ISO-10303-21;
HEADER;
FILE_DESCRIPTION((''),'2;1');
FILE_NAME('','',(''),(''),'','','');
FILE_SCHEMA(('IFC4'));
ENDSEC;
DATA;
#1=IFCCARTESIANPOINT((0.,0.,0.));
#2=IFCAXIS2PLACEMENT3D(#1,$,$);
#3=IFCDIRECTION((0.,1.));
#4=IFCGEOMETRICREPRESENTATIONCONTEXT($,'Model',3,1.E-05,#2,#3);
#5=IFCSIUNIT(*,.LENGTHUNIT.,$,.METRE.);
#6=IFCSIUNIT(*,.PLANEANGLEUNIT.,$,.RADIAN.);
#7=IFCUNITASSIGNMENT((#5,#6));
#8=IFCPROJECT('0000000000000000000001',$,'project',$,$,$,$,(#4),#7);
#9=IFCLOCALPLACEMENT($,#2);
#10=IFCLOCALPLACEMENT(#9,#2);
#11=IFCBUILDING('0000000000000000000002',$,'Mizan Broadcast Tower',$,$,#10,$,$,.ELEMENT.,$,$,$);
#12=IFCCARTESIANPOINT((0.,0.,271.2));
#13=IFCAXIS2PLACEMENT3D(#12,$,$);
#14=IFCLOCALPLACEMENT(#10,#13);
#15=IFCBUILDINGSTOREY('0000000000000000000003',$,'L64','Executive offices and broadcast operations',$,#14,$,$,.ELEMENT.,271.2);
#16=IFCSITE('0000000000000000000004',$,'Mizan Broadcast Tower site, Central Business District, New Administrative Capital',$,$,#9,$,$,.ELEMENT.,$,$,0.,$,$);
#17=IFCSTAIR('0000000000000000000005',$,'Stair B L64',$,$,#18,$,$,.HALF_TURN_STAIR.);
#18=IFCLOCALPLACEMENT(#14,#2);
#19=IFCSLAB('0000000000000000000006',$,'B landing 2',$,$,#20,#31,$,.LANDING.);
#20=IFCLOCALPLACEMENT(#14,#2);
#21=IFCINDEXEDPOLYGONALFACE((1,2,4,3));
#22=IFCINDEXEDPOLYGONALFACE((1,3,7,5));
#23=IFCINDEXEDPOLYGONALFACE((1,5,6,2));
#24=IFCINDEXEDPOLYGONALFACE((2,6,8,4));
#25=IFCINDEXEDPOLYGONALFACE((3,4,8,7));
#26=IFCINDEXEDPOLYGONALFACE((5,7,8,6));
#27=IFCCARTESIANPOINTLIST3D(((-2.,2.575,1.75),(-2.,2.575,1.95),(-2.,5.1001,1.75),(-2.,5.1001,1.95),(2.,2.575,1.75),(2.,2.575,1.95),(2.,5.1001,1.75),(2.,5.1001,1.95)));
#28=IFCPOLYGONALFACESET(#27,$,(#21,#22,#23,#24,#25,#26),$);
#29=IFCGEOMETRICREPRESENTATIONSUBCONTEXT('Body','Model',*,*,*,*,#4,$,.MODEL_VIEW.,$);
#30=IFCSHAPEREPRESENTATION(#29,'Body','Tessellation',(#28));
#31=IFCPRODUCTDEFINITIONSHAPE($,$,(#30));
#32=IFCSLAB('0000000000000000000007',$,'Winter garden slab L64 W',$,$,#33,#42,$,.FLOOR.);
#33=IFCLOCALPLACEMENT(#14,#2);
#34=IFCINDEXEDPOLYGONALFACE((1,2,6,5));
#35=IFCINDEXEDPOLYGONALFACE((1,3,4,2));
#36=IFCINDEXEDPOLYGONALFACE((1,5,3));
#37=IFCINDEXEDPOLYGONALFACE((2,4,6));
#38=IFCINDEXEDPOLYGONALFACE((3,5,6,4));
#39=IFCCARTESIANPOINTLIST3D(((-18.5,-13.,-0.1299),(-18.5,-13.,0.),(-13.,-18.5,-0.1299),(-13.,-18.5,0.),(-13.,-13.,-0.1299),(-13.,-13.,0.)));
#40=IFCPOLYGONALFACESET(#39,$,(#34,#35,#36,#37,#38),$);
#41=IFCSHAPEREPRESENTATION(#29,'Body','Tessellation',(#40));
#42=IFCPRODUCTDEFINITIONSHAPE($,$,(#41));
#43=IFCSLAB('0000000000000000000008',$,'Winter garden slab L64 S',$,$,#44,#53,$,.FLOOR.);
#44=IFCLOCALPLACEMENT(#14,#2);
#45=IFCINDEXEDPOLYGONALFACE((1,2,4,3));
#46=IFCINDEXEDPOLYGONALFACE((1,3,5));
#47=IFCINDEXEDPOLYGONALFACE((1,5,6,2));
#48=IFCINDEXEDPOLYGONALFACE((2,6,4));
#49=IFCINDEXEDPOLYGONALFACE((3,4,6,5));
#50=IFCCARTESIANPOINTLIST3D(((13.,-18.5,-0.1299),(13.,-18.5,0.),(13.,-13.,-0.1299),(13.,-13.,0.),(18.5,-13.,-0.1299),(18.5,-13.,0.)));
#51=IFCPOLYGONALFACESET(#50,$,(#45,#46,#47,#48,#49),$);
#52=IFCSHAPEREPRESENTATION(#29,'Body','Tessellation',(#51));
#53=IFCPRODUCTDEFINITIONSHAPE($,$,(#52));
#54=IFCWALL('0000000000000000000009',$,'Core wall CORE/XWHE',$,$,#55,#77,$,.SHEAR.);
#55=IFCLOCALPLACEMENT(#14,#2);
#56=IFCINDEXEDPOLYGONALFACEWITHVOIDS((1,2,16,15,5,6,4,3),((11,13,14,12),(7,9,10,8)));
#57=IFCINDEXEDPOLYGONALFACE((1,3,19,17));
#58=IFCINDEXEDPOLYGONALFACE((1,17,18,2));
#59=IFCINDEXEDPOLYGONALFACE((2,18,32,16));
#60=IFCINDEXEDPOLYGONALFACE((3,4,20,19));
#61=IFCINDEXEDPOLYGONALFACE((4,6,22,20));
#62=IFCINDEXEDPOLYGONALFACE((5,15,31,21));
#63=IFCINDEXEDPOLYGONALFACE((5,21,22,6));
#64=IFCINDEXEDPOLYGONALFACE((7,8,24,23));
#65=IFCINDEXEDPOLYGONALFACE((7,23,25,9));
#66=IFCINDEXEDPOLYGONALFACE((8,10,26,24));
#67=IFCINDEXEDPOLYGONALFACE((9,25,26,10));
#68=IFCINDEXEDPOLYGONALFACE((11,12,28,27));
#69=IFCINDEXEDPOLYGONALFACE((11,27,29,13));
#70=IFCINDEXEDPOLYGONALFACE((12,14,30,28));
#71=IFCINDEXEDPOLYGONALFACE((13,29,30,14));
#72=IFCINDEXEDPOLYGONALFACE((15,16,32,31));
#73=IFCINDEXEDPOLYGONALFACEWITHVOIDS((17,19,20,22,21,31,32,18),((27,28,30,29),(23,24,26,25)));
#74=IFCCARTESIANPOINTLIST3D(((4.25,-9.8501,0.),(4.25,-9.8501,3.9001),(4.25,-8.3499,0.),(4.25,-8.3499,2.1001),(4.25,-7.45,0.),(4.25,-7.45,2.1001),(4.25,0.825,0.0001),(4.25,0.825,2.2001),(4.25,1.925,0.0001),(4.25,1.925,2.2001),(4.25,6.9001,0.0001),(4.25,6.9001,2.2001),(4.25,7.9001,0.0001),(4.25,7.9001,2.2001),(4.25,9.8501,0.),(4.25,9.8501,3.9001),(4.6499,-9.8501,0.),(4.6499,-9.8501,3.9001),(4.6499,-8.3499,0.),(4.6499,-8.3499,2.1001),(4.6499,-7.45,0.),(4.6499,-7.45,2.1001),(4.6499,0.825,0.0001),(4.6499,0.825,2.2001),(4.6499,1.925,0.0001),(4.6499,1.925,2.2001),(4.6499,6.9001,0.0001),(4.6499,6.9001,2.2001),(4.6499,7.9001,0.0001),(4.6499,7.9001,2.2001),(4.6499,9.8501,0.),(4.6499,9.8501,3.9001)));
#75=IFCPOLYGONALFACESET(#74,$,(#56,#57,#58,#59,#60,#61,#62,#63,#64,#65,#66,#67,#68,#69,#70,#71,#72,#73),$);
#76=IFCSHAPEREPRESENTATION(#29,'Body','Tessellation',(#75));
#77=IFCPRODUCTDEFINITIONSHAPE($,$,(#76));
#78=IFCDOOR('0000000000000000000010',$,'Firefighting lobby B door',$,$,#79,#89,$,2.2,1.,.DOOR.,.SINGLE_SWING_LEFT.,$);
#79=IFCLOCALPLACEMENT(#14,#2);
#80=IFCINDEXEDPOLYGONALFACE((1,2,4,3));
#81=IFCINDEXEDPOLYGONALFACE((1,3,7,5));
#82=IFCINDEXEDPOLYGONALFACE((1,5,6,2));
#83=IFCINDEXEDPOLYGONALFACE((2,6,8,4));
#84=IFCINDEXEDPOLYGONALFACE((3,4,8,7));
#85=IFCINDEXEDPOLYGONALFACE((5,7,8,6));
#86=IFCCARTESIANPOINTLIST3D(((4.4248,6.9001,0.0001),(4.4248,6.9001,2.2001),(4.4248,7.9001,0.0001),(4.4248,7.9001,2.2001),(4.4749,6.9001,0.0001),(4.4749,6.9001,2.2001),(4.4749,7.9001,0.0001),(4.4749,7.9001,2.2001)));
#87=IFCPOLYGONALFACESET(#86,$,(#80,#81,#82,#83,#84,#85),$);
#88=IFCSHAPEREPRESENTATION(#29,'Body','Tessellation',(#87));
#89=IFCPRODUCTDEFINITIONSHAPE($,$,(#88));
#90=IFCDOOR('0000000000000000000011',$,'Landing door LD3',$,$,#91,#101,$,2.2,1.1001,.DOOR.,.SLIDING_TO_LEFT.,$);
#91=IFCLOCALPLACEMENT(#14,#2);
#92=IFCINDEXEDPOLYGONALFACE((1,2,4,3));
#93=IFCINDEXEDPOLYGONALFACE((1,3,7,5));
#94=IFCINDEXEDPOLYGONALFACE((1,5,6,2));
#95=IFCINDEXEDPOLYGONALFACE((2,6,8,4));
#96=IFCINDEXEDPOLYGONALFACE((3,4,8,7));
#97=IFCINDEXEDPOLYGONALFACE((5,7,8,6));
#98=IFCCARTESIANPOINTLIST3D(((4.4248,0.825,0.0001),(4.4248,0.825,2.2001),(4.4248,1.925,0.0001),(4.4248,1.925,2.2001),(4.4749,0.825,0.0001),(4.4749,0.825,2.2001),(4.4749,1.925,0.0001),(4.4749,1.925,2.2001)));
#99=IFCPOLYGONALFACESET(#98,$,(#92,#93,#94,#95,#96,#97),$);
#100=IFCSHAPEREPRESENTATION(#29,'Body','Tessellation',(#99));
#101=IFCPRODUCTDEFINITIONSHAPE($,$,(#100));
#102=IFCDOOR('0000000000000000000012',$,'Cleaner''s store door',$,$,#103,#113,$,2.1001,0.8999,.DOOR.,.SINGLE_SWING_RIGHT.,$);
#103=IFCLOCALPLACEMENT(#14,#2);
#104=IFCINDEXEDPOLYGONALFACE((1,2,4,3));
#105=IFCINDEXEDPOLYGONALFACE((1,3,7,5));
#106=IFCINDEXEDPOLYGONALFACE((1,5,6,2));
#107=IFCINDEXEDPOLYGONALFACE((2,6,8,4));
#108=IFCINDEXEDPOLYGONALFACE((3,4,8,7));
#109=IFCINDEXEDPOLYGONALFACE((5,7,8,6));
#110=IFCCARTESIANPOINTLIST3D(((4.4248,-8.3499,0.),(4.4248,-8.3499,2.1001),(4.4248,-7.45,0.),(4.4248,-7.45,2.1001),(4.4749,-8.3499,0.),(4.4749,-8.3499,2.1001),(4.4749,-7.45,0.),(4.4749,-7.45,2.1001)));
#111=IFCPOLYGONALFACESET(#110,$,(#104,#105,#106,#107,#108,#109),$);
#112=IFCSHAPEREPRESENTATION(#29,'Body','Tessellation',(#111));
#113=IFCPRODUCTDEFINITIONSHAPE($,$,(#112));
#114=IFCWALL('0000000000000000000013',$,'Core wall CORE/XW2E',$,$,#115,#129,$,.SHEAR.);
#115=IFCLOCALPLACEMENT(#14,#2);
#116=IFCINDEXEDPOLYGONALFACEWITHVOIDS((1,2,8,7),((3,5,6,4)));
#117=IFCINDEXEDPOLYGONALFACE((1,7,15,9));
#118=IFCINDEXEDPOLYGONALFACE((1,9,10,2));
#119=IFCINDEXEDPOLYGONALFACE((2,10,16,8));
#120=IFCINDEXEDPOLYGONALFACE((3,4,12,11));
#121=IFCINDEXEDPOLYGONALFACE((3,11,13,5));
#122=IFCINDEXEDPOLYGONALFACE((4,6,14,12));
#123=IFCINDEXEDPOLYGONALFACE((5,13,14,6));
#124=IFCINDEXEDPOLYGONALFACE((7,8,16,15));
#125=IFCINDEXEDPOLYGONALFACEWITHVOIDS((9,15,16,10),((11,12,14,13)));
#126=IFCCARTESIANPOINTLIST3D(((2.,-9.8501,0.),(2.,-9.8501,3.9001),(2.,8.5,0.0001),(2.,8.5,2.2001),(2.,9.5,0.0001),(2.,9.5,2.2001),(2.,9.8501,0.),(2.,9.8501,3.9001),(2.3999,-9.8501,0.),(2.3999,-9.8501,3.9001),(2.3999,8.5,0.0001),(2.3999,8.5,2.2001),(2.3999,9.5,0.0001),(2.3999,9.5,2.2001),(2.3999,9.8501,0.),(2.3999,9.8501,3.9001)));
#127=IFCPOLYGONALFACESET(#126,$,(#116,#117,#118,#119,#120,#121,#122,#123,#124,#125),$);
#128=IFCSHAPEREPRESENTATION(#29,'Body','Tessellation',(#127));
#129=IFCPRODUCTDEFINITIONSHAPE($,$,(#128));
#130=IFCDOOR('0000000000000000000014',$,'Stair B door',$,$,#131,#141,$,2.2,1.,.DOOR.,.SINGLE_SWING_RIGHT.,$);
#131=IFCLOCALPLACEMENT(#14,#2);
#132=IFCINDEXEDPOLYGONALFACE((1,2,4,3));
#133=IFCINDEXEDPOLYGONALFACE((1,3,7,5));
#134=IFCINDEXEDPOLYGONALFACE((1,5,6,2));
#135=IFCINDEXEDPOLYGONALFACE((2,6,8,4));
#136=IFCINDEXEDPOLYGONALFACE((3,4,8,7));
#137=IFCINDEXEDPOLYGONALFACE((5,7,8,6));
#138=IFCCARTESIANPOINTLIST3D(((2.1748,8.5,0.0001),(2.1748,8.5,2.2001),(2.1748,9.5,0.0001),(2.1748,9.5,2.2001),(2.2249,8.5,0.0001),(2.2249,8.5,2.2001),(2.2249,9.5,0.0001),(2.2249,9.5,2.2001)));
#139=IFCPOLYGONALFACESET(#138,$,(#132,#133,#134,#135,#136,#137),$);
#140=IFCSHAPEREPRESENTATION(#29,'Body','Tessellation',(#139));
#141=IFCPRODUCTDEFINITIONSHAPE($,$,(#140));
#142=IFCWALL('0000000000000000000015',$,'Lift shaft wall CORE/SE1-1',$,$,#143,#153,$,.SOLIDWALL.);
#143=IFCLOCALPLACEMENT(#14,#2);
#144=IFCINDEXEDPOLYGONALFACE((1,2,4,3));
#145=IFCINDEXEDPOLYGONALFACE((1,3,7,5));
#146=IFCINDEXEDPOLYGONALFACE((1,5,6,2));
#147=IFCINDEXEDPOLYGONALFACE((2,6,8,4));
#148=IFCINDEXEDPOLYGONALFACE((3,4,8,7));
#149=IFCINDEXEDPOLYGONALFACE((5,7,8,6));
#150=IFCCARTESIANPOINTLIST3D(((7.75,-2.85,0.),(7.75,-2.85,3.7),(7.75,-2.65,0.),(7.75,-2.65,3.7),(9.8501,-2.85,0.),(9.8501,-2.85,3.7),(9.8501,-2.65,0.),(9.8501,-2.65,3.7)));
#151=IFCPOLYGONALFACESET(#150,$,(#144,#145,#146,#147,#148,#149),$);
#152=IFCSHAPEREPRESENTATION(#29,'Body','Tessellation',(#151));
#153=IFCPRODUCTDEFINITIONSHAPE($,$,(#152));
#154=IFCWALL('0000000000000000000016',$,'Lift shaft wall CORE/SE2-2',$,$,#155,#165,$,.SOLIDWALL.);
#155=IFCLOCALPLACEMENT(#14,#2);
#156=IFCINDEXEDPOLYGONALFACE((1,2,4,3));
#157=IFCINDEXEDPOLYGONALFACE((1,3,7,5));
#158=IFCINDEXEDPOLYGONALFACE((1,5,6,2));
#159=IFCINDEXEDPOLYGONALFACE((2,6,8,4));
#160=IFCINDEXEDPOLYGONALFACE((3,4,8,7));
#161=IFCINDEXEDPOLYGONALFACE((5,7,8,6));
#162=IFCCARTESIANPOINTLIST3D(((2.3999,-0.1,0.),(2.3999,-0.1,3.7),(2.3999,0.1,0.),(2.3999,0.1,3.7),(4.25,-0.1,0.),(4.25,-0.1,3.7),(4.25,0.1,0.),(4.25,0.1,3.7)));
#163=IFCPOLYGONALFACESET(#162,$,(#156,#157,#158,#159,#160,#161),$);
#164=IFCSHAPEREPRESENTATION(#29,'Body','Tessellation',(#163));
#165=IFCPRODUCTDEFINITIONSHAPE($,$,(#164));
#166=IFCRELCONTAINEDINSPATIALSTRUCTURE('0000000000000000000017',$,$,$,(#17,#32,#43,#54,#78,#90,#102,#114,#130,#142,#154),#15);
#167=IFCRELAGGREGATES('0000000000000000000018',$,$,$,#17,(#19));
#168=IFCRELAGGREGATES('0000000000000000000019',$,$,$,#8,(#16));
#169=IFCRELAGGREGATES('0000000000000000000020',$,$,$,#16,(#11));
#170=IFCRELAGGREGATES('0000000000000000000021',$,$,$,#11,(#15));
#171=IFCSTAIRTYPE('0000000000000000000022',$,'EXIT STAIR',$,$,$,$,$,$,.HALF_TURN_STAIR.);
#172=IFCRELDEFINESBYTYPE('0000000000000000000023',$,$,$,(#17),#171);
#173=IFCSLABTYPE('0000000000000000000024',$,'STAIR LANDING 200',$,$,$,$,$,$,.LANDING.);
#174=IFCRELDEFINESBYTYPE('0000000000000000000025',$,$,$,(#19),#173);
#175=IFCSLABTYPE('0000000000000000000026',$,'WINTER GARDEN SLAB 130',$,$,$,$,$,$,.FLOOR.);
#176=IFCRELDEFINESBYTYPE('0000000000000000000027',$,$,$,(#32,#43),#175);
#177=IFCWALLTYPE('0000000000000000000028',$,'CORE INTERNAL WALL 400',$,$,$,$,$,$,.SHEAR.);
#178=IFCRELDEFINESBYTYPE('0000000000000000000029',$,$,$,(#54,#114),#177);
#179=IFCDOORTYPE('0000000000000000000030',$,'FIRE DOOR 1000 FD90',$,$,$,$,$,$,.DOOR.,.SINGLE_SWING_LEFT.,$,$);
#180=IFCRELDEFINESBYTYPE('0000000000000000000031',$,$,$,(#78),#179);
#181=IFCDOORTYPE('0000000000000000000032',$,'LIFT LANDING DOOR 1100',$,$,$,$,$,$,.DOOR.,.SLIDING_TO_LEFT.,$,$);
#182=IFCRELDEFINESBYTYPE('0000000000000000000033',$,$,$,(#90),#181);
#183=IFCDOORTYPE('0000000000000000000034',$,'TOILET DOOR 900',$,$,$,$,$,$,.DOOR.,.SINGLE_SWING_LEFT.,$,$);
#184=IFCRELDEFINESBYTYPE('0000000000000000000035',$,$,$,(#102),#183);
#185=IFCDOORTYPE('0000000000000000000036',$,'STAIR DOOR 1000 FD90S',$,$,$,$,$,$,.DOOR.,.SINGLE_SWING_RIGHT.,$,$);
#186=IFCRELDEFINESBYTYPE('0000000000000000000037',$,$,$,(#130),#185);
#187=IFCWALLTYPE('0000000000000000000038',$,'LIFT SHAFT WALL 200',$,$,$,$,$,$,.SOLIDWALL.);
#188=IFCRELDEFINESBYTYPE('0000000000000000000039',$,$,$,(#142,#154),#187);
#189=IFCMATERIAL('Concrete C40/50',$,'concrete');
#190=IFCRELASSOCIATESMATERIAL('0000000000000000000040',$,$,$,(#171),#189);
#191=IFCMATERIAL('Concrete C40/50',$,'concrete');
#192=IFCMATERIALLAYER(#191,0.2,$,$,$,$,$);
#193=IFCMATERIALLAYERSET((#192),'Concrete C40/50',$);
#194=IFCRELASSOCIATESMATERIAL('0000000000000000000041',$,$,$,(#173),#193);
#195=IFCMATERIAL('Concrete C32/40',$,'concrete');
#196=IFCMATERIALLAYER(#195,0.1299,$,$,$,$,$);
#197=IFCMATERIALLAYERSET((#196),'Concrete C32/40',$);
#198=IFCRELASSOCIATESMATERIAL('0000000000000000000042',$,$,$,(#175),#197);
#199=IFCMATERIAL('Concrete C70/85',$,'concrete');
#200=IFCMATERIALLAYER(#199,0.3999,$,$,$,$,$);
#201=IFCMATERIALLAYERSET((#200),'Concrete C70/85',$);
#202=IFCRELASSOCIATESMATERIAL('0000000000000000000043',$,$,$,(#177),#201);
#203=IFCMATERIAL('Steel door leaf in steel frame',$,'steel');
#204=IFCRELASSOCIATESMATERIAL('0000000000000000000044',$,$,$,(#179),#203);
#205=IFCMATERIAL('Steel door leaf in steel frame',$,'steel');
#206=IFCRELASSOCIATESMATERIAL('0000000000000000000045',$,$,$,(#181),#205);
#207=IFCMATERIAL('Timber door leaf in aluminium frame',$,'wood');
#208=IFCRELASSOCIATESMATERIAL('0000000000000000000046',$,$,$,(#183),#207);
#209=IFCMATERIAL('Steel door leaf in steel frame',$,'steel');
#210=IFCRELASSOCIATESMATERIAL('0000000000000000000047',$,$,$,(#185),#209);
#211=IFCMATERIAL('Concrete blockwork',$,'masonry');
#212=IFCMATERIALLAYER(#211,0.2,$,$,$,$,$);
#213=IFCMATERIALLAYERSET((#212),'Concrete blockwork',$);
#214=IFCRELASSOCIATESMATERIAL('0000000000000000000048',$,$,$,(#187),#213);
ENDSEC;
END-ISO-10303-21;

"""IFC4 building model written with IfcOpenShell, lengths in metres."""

from ifc_helpers import new_model, si_unit, direction, frame, frame_2d, origin, place, context, subcontext, project, spatial, polyline, rectangle, outline, extrude, material, layer, layer_set, type_object, element, fill, aggregate, save


model = new_model("IFC4")

# Units and contexts
model_context = context("Model", 3, precision=1e-05, world=origin(), true_north=direction((0.0, 1.0)))
body_context = subcontext(model_context, "Body", "Model", "MODEL_VIEW")
ifc_project = project(units=[si_unit("LENGTHUNIT", "METRE"), si_unit("PLANEANGLEUNIT", "RADIAN")], contexts=[model_context])

# Site, building, storey
site_placement = place(None, origin())
site = spatial("IfcSite", under=ifc_project, at=site_placement, Name="Mizan Broadcast Tower site, Central Business District, New Administrative Capital", CompositionType="ELEMENT", RefElevation=0.0)
building_placement = place(site_placement, origin())
building = spatial("IfcBuilding", under=site, at=building_placement, Name="Mizan Broadcast Tower", CompositionType="ELEMENT")
storey_placement = place(building_placement, frame((0.0, 0.0, 271.2)))
storey = spatial("IfcBuildingStorey", under=building, at=storey_placement, Name="L64", Description="Executive offices and broadcast operations", CompositionType="ELEMENT", Elevation=271.2)

# Stair, slab
ifc_material_1 = material(Name="Concrete C40/50", Category="concrete")
stair_type = type_object("IfcStairType", Name="EXIT STAIR", PredefinedType="HALF_TURN_STAIR", material=ifc_material_1)
ifc_material_2 = material(Name="Concrete C40/50", Category="concrete")
ifc_layer_1 = layer(ifc_material_2, 0.2)
ifc_layer_set_1 = layer_set([ifc_layer_1], Name="Concrete C40/50")
slab_type_1 = type_object("IfcSlabType", Name="STAIR LANDING 200", PredefinedType="LANDING", material=ifc_layer_set_1)
stair_1_placement = place(storey_placement, origin())
stair_1 = element("IfcStair", 1, at=stair_1_placement, inside=storey, type_object=stair_type, Name="Stair B L64", PredefinedType="HALF_TURN_STAIR")
slab_1_placement = place(storey_placement, frame((0.0, 0.0, 1.75)))
slab_1 = element("IfcSlab", 2, at=slab_1_placement, type_object=slab_type_1, Name="B landing 2", PredefinedType="LANDING", context=body_context, shape_type="SweptSolid", body=[
    extrude(outline(polyline([(2.0, 5.1001), (2.0, 2.575), (-2.0, 2.575), (-2.0, 5.1001), (2.0, 5.1001)])), origin(), (0.0, 0.0, 1.0), 0.2),
])

# Slabs
ifc_material_3 = material(Name="Concrete C32/40", Category="concrete")
ifc_layer_2 = layer(ifc_material_3, 0.1299)
ifc_layer_set_2 = layer_set([ifc_layer_2], Name="Concrete C32/40")
slab_type_2 = type_object("IfcSlabType", Name="WINTER GARDEN SLAB 130", PredefinedType="FLOOR", material=ifc_layer_set_2)
slab_2_placement = place(storey_placement, frame((0.0, 0.0, -0.1299)))
element("IfcSlab", 3, at=slab_2_placement, inside=storey, type_object=slab_type_2, Name="Winter garden slab L64 W", PredefinedType="FLOOR", context=body_context, shape_type="SweptSolid", body=[
    extrude(outline(polyline([(-13.0, -13.0), (-18.5, -13.0), (-13.0, -18.5), (-13.0, -13.0)])), origin(), (0.0, 0.0, 1.0), 0.1299),
])
slab_3_placement = place(storey_placement, frame((0.0, 0.0, -0.1299)))
element("IfcSlab", 4, at=slab_3_placement, inside=storey, type_object=slab_type_2, Name="Winter garden slab L64 S", PredefinedType="FLOOR", context=body_context, shape_type="SweptSolid", body=[
    extrude(outline(polyline([(13.0, -13.0), (13.0, -18.5), (18.5, -13.0), (13.0, -13.0)])), origin(), (0.0, 0.0, 1.0), 0.1299),
])

# Wall, openings, doors
ifc_material_4 = material(Name="Concrete C70/85", Category="concrete")
ifc_layer_3 = layer(ifc_material_4, 0.3999)
ifc_layer_set_3 = layer_set([ifc_layer_3], Name="Concrete C70/85")
wall_type_1 = type_object("IfcWallType", Name="CORE INTERNAL WALL 400", PredefinedType="SHEAR", material=ifc_layer_set_3)
wall_1_placement = place(storey_placement, frame((4.45, 9.8501, 0.0), z_axis=(0.0, 0.0, 1.0), x_axis=(0.0, -1.0, 0.0)))
wall_1 = element("IfcWall", 5, at=wall_1_placement, inside=storey, type_object=wall_type_1, Name="Core wall CORE/XWHE", PredefinedType="SHEAR", context=body_context, shape_type="SweptSolid", body=[
    extrude(rectangle(XDim=19.7002, YDim=0.3999, at=frame_2d((9.8501, 0.0))), origin(), (0.0, 0.0, 1.0), 3.9001),
])
opening_1_placement = place(wall_1_placement, frame((1.95, 0.0, 0.0)))
opening_1 = element("IfcOpeningElement", 6, at=opening_1_placement, cuts=wall_1, PredefinedType="OPENING", context=body_context, shape_type="SweptSolid", body=[
    extrude(rectangle(XDim=1.0, YDim=2.2, at=frame_2d((0.5, 1.1001))), frame((0.0, 0.21, 0.0), z_axis=(0.0, -1.0, 0.0), x_axis=(1.0, 0.0, 0.0)), (0.0, 0.0, 1.0), 0.4199),
])
opening_2_placement = place(wall_1_placement, frame((17.3, 0.0, 0.0)))
opening_2 = element("IfcOpeningElement", 7, at=opening_2_placement, cuts=wall_1, PredefinedType="OPENING", context=body_context, shape_type="SweptSolid", body=[
    extrude(rectangle(XDim=0.8999, YDim=2.1001, at=frame_2d((0.45, 1.05))), frame((0.0, 0.21, 0.0), z_axis=(0.0, -1.0, 0.0), x_axis=(1.0, 0.0, 0.0)), (0.0, 0.0, 1.0), 0.4199),
])
opening_3_placement = place(wall_1_placement, frame((7.925, 0.0, 0.0)))
opening_3 = element("IfcOpeningElement", 8, at=opening_3_placement, cuts=wall_1, PredefinedType="OPENING", context=body_context, shape_type="SweptSolid", body=[
    extrude(rectangle(XDim=1.1001, YDim=2.2, at=frame_2d((0.55, 1.1001))), frame((0.0, 0.21, 0.0), z_axis=(0.0, -1.0, 0.0), x_axis=(1.0, 0.0, 0.0)), (0.0, 0.0, 1.0), 0.4199),
])
ifc_material_5 = material(Name="Steel door leaf in steel frame", Category="steel")
door_type_1 = type_object("IfcDoorType", Name="FIRE DOOR 1000 FD90", OperationType="SINGLE_SWING_LEFT", PredefinedType="DOOR", material=ifc_material_5)
door_1_placement = place(opening_1_placement, origin())
door_1 = element("IfcDoor", 9, at=door_1_placement, inside=storey, type_object=door_type_1, Name="Firefighting lobby B door", OperationType="SINGLE_SWING_LEFT", OverallHeight=2.2, OverallWidth=1.0, PredefinedType="DOOR", context=body_context, shape_type="SweptSolid", body=[
    extrude(rectangle(XDim=1.0, YDim=2.2, at=frame_2d((0.5, 1.1001))), frame((0.0, 0.0249, 0.0), z_axis=(0.0, -1.0, 0.0), x_axis=(1.0, 0.0, 0.0)), (0.0, 0.0, 1.0), 0.05),
])
fill(opening_1, door_1)
ifc_material_6 = material(Name="Steel door leaf in steel frame", Category="steel")
door_type_2 = type_object("IfcDoorType", Name="LIFT LANDING DOOR 1100", OperationType="SLIDING_TO_LEFT", PredefinedType="DOOR", material=ifc_material_6)
door_2_placement = place(opening_3_placement, origin())
door_2 = element("IfcDoor", 10, at=door_2_placement, inside=storey, type_object=door_type_2, Name="Landing door LD3", OperationType="SLIDING_TO_LEFT", OverallHeight=2.2, OverallWidth=1.1001, PredefinedType="DOOR", context=body_context, shape_type="SweptSolid", body=[
    extrude(rectangle(XDim=1.1001, YDim=2.2, at=frame_2d((0.55, 1.1001))), frame((0.0, 0.0249, 0.0), z_axis=(0.0, -1.0, 0.0), x_axis=(1.0, 0.0, 0.0)), (0.0, 0.0, 1.0), 0.05),
])
fill(opening_3, door_2)
ifc_material_7 = material(Name="Timber door leaf in aluminium frame", Category="wood")
door_type_3 = type_object("IfcDoorType", Name="TOILET DOOR 900", OperationType="SINGLE_SWING_LEFT", PredefinedType="DOOR", material=ifc_material_7)
door_3_placement = place(opening_2_placement, origin())
door_3 = element("IfcDoor", 11, at=door_3_placement, inside=storey, type_object=door_type_3, Name="Cleaner's store door", OperationType="SINGLE_SWING_RIGHT", OverallHeight=2.1001, OverallWidth=0.8999, PredefinedType="DOOR", context=body_context, shape_type="SweptSolid", body=[
    extrude(rectangle(XDim=0.8999, YDim=2.1001, at=frame_2d((0.45, 1.05))), frame((0.0, 0.0249, 0.0), z_axis=(0.0, -1.0, 0.0), x_axis=(1.0, 0.0, 0.0)), (0.0, 0.0, 1.0), 0.05),
])
fill(opening_2, door_3)

# Wall, opening, door
wall_2_placement = place(storey_placement, frame((2.2, 9.8501, 0.0), z_axis=(0.0, 0.0, 1.0), x_axis=(0.0, -1.0, 0.0)))
wall_2 = element("IfcWall", 12, at=wall_2_placement, inside=storey, type_object=wall_type_1, Name="Core wall CORE/XW2E", PredefinedType="SHEAR", context=body_context, shape_type="SweptSolid", body=[
    extrude(rectangle(XDim=19.7002, YDim=0.3999, at=frame_2d((9.8501, 0.0))), origin(), (0.0, 0.0, 1.0), 3.9001),
])
opening_4_placement = place(wall_2_placement, frame((0.3501, 0.0, 0.0)))
opening_4 = element("IfcOpeningElement", 13, at=opening_4_placement, cuts=wall_2, PredefinedType="OPENING", context=body_context, shape_type="SweptSolid", body=[
    extrude(rectangle(XDim=1.0, YDim=2.2, at=frame_2d((0.5, 1.1001))), frame((0.0, 0.21, 0.0), z_axis=(0.0, -1.0, 0.0), x_axis=(1.0, 0.0, 0.0)), (0.0, 0.0, 1.0), 0.4199),
])
ifc_material_8 = material(Name="Steel door leaf in steel frame", Category="steel")
door_type_4 = type_object("IfcDoorType", Name="STAIR DOOR 1000 FD90S", OperationType="SINGLE_SWING_RIGHT", PredefinedType="DOOR", material=ifc_material_8)
door_4_placement = place(opening_4_placement, origin())
door_4 = element("IfcDoor", 14, at=door_4_placement, inside=storey, type_object=door_type_4, Name="Stair B door", OperationType="SINGLE_SWING_RIGHT", OverallHeight=2.2, OverallWidth=1.0, PredefinedType="DOOR", context=body_context, shape_type="SweptSolid", body=[
    extrude(rectangle(XDim=1.0, YDim=2.2, at=frame_2d((0.5, 1.1001))), frame((0.0, 0.0249, 0.0), z_axis=(0.0, -1.0, 0.0), x_axis=(1.0, 0.0, 0.0)), (0.0, 0.0, 1.0), 0.05),
])
fill(opening_4, door_4)

# Walls
ifc_material_9 = material(Name="Concrete blockwork", Category="masonry")
ifc_layer_4 = layer(ifc_material_9, 0.2)
ifc_layer_set_4 = layer_set([ifc_layer_4], Name="Concrete blockwork")
wall_type_2 = type_object("IfcWallType", Name="LIFT SHAFT WALL 200", PredefinedType="SOLIDWALL", material=ifc_layer_set_4)
wall_3_placement = place(storey_placement, frame((7.75, -2.75, 0.0), z_axis=(0.0, 0.0, 1.0), x_axis=(1.0, 0.0, 0.0)))
element("IfcWall", 15, at=wall_3_placement, inside=storey, type_object=wall_type_2, Name="Lift shaft wall CORE/SE1-1", PredefinedType="SOLIDWALL", context=body_context, shape_type="SweptSolid", body=[
    extrude(rectangle(XDim=2.1001, YDim=0.2, at=frame_2d((1.05, 0.0))), origin(), (0.0, 0.0, 1.0), 3.7),
])
wall_4_placement = place(storey_placement, frame((2.3999, 0.0, 0.0), z_axis=(0.0, 0.0, 1.0), x_axis=(1.0, 0.0, 0.0)))
element("IfcWall", 16, at=wall_4_placement, inside=storey, type_object=wall_type_2, Name="Lift shaft wall CORE/SE2-2", PredefinedType="SOLIDWALL", context=body_context, shape_type="SweptSolid", body=[
    extrude(rectangle(XDim=1.8501, YDim=0.2, at=frame_2d((0.925, 0.0))), origin(), (0.0, 0.0, 1.0), 3.7),
])

aggregate(stair_1, [slab_1])

save(model, "model.ifc")
